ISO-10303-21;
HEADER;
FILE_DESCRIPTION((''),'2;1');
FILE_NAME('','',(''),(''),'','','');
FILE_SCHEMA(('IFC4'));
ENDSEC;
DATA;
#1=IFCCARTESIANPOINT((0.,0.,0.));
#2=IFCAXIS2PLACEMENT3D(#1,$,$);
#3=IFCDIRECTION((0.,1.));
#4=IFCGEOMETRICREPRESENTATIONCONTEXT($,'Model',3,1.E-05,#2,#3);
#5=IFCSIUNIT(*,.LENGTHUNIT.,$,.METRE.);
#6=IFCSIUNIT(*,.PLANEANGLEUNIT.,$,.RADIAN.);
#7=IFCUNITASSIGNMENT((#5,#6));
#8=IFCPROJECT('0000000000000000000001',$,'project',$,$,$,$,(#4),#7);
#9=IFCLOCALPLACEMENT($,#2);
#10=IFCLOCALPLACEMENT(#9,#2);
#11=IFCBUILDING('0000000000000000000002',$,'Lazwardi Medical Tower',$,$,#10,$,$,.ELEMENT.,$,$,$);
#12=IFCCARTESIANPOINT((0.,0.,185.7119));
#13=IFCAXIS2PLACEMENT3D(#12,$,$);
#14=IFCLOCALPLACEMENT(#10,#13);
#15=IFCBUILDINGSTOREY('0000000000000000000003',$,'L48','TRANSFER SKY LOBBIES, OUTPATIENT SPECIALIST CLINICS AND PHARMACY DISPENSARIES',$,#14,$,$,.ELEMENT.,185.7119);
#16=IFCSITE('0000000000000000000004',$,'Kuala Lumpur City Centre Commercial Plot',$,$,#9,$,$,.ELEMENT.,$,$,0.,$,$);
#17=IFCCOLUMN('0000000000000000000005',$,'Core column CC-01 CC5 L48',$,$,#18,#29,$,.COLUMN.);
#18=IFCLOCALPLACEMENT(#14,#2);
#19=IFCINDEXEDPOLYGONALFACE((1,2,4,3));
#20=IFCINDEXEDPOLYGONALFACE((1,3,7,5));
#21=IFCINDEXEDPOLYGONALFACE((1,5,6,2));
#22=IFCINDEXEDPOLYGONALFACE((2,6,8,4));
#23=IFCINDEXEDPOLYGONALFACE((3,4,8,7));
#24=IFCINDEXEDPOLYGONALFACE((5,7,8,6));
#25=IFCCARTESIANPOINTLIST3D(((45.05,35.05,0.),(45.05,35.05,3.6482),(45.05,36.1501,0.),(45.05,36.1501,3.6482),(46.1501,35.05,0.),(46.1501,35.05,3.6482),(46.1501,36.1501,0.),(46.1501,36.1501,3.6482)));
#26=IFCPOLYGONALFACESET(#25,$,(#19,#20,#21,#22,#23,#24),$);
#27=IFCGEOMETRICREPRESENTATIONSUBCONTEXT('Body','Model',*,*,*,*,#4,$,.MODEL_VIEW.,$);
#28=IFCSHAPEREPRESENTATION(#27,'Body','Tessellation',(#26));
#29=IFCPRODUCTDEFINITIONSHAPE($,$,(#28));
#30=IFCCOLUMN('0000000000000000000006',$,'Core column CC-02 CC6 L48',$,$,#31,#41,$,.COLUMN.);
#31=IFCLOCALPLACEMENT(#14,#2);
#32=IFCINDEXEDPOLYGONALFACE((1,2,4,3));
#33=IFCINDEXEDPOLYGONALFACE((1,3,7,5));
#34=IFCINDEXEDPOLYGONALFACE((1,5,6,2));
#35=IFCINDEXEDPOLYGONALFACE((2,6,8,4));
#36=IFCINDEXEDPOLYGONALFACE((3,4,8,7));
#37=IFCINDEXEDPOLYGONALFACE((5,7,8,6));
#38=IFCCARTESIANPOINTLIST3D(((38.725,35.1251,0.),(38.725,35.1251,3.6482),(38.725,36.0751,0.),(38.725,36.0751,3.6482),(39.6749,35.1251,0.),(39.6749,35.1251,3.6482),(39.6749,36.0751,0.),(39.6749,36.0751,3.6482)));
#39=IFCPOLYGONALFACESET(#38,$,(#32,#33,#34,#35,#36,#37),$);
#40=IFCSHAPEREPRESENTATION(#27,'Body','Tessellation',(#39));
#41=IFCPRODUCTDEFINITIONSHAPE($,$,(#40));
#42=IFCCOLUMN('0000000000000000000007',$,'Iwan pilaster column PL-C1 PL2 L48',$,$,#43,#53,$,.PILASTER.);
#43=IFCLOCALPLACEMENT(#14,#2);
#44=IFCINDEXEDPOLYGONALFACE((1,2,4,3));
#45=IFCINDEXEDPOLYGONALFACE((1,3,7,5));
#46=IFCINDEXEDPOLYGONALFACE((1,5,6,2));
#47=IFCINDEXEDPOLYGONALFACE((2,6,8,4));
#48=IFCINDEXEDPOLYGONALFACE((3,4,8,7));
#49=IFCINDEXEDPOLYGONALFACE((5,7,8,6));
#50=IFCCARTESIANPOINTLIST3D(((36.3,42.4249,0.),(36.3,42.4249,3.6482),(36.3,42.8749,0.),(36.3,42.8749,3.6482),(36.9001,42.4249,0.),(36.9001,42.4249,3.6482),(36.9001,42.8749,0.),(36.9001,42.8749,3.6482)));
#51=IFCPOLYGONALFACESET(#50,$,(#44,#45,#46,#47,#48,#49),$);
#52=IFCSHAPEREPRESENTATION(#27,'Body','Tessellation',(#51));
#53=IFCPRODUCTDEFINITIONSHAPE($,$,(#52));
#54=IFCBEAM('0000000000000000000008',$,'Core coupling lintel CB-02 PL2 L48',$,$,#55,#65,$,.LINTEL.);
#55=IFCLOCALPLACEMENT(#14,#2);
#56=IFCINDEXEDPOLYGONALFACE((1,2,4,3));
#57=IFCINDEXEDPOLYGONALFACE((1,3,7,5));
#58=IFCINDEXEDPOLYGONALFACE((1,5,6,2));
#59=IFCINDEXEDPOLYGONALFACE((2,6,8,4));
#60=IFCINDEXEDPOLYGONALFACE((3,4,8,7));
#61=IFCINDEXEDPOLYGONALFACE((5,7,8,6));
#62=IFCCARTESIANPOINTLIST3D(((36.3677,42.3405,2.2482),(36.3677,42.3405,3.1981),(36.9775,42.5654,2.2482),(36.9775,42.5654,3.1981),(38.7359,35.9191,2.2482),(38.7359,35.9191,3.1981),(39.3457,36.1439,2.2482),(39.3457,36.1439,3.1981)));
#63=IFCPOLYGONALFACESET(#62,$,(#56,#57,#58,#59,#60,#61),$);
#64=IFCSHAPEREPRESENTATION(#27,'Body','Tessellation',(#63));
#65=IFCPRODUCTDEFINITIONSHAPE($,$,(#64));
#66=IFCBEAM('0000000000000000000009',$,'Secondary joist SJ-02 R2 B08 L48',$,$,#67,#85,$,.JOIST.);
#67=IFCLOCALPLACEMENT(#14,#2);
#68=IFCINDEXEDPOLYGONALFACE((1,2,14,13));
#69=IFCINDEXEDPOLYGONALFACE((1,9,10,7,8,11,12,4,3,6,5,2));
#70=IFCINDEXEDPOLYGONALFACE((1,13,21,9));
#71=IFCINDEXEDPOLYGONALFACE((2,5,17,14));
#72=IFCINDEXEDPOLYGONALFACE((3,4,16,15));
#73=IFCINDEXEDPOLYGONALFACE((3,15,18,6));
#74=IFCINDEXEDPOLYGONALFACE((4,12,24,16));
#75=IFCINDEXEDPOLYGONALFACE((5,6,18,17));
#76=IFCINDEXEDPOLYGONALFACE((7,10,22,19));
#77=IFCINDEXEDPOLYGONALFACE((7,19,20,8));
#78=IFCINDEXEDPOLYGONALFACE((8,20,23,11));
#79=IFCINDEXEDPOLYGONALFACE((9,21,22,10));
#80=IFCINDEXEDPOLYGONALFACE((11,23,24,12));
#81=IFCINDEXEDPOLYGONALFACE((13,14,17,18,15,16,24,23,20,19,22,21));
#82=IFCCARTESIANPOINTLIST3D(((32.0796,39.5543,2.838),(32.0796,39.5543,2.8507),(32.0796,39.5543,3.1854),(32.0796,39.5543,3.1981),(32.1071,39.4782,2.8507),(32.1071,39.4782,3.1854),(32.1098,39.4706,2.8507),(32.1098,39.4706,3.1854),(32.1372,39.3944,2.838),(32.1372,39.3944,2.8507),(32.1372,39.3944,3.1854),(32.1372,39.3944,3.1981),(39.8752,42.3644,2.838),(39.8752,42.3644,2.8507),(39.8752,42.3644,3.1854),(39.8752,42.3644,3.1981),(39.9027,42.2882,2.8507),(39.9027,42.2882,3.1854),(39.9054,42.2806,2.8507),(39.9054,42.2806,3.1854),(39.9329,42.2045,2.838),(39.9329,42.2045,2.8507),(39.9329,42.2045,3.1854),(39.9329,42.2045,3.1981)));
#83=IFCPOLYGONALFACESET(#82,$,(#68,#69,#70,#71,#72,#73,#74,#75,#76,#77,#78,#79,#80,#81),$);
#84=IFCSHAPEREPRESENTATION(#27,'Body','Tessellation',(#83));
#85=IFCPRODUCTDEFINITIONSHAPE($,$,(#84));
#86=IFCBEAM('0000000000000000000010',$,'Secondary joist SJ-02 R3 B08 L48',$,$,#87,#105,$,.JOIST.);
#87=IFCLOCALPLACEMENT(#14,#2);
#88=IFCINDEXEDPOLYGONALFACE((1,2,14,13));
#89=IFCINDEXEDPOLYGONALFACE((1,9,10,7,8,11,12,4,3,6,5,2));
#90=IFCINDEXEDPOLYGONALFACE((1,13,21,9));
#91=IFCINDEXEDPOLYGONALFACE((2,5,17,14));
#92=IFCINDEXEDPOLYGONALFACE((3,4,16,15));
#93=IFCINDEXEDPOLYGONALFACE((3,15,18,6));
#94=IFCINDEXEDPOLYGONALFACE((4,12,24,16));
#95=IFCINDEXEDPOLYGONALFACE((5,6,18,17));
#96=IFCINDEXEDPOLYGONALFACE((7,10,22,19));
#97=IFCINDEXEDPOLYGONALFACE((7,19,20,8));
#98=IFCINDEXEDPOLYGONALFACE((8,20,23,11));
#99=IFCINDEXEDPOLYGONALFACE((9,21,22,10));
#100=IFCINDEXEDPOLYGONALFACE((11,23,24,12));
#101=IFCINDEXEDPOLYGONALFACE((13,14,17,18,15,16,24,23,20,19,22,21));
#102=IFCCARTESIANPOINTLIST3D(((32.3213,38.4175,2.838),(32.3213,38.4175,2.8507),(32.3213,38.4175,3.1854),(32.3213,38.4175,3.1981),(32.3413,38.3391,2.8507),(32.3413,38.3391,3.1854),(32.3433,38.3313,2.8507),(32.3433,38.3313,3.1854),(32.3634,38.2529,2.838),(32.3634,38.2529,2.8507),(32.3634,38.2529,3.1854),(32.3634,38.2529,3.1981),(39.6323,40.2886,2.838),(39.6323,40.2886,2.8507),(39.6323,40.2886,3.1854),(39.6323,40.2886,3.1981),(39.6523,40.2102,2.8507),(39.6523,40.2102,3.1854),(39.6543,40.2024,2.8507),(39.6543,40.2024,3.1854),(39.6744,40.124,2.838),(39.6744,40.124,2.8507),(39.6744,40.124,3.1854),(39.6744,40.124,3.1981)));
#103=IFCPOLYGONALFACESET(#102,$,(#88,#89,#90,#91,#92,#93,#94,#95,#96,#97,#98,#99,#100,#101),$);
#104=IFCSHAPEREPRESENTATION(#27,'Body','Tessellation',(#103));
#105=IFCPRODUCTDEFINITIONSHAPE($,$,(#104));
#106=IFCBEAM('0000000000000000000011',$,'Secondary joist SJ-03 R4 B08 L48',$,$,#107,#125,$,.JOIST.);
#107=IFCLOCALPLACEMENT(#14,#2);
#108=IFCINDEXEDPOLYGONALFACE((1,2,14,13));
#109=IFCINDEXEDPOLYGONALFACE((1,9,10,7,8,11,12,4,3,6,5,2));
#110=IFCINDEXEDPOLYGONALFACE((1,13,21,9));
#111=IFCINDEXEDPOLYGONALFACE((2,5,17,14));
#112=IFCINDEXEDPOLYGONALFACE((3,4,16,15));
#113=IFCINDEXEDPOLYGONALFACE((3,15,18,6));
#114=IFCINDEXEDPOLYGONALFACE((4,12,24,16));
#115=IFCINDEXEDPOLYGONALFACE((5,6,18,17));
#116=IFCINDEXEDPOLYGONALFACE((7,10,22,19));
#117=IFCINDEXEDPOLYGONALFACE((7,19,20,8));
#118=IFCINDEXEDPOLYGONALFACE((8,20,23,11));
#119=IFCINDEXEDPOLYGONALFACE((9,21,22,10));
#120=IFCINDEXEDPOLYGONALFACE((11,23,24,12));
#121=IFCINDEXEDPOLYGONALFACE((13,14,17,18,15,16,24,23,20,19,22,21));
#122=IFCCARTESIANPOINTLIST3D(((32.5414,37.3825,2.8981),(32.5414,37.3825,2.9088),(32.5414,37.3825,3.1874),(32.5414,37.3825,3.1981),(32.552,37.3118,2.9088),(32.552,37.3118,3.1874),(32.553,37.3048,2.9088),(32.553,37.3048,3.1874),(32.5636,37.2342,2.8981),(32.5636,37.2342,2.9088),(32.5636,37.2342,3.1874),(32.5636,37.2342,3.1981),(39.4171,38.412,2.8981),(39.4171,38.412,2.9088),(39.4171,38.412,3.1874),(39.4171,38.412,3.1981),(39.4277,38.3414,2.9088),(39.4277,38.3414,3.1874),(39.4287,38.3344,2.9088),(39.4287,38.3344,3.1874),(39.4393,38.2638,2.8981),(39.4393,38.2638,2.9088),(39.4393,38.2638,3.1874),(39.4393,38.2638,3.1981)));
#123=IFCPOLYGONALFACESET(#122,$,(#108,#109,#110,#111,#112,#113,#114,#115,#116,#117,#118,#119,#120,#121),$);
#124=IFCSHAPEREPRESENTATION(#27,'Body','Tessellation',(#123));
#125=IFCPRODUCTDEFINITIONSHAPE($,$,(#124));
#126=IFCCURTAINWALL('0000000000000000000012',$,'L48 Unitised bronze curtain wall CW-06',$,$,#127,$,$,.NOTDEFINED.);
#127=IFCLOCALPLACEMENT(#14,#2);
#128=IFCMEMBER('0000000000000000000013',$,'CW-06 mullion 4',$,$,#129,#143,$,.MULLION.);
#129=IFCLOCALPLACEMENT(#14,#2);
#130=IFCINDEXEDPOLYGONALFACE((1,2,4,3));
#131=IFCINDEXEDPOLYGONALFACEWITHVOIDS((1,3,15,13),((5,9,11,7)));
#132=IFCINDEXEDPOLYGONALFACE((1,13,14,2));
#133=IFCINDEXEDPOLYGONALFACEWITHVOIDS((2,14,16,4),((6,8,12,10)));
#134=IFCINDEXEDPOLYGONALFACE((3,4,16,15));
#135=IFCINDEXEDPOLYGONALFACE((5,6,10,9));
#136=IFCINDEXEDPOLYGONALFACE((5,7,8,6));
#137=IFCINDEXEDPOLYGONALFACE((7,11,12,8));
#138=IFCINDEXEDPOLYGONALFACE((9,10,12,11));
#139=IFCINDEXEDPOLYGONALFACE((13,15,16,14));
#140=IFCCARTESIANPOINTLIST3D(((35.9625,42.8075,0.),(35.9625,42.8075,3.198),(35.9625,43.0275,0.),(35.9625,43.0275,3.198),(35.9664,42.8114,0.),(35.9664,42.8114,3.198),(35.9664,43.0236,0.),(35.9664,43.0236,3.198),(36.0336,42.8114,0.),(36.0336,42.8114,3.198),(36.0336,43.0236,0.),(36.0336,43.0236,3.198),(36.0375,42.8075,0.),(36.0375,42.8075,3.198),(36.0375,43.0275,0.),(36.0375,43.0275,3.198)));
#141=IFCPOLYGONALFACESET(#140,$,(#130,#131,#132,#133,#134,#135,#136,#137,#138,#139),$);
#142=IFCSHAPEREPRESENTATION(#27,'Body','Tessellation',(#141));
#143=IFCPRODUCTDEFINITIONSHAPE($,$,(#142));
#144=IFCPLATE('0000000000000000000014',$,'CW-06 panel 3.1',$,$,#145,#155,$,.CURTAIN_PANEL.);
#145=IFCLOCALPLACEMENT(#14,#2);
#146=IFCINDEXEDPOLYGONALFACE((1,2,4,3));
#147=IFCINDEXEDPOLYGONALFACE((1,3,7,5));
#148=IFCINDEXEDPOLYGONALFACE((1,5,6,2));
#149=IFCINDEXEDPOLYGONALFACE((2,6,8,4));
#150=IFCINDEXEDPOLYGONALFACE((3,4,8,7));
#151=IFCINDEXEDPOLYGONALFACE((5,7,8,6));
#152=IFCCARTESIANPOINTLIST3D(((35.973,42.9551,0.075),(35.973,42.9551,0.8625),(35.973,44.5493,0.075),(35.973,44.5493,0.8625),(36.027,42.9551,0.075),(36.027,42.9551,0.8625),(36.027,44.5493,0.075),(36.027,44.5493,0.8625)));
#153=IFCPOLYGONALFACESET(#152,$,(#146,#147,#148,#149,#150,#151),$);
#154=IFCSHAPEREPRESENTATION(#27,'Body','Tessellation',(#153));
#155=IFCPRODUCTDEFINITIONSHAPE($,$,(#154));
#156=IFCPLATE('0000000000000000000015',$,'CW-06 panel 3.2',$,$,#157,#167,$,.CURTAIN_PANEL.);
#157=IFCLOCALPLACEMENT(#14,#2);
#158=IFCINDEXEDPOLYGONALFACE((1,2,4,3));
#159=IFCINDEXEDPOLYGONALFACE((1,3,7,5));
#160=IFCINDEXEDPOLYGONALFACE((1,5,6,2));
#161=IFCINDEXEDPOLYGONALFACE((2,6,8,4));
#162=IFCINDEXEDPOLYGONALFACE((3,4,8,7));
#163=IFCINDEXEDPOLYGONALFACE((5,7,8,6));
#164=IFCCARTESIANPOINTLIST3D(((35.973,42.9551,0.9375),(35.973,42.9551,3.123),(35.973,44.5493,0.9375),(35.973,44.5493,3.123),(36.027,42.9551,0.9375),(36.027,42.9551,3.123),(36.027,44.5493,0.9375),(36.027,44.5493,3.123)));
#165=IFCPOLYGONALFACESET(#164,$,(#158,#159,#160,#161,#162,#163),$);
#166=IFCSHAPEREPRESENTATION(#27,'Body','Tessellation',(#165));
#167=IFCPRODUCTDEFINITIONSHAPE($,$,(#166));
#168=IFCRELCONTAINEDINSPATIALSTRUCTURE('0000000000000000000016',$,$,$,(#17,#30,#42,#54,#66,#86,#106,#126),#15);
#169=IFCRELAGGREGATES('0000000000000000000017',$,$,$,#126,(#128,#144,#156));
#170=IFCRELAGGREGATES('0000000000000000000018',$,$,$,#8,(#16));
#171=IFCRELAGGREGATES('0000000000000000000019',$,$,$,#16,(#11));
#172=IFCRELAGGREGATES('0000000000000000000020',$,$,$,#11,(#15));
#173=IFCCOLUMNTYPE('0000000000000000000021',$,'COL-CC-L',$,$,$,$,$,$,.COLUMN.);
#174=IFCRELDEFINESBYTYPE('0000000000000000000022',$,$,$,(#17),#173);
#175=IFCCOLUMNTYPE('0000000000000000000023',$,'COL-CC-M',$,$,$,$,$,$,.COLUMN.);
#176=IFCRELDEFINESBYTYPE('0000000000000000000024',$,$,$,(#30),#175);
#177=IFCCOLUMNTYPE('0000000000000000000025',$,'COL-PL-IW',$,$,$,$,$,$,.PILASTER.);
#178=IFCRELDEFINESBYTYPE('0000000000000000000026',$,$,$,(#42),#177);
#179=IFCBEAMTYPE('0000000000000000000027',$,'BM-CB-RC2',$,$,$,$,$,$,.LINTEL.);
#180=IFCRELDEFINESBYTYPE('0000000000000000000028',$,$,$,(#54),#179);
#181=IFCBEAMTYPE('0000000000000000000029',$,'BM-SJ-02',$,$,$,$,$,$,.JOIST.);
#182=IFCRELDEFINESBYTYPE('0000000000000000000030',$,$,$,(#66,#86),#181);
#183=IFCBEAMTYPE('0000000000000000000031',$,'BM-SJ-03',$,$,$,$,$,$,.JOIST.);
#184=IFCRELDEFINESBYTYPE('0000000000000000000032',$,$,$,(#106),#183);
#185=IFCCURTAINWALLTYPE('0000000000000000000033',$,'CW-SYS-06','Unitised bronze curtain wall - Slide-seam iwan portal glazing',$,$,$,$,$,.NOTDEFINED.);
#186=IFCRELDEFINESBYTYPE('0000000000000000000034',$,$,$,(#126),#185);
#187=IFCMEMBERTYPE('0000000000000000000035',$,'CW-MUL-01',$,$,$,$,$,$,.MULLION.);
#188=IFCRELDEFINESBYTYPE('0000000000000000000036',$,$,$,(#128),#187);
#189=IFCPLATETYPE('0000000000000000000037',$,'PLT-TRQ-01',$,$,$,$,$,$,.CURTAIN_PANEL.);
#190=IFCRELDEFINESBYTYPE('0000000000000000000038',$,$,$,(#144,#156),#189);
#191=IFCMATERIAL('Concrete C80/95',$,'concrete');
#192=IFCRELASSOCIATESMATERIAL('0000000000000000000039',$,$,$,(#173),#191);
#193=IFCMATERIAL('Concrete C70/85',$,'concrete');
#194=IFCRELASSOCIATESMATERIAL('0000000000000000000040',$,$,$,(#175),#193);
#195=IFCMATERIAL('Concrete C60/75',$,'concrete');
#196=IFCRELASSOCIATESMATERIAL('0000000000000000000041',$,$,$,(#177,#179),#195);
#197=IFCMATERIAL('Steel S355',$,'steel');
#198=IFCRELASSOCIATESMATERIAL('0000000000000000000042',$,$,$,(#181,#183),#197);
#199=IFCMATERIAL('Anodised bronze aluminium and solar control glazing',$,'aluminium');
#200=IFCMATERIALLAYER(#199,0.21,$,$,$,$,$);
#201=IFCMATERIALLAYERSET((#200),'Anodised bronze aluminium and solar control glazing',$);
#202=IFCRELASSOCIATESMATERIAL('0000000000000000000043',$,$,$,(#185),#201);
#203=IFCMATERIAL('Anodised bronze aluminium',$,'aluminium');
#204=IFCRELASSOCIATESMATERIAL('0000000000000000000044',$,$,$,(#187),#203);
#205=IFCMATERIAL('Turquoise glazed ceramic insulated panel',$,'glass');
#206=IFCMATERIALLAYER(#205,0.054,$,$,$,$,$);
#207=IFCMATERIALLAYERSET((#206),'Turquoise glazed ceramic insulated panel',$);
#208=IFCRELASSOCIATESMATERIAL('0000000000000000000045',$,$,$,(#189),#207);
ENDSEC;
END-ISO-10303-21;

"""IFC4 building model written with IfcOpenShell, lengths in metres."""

from ifc_helpers import new_model, si_unit, direction, frame, origin, origin_2d, place, context, subcontext, project, spatial, rectangle, hollow_rectangle, i_section, extrude, material, layer, layer_set, material_profile, profile_set, type_object, element, aggregate, save


model = new_model("IFC4")

# Units and contexts
model_context = context("Model", 3, precision=1e-05, world=origin(), true_north=direction((0.0, 1.0)))
body_context = subcontext(model_context, "Body", "Model", "MODEL_VIEW")
ifc_project = project(units=[si_unit("LENGTHUNIT", "METRE"), si_unit("PLANEANGLEUNIT", "RADIAN")], contexts=[model_context])

# Site, building, storey
site_placement = place(None, origin())
site = spatial("IfcSite", under=ifc_project, at=site_placement, Name="Kuala Lumpur City Centre Commercial Plot", CompositionType="ELEMENT", RefElevation=0.0)
building_placement = place(site_placement, origin())
building = spatial("IfcBuilding", under=site, at=building_placement, Name="Lazwardi Medical Tower", CompositionType="ELEMENT")
storey_placement = place(building_placement, frame((0.0, 0.0, 185.7119)))
storey = spatial("IfcBuildingStorey", under=building, at=storey_placement, Name="L48", Description="TRANSFER SKY LOBBIES, OUTPATIENT SPECIALIST CLINICS AND PHARMACY DISPENSARIES", CompositionType="ELEMENT", Elevation=185.7119)

# Columns
ifc_material_1 = material(Name="Concrete C80/95", Category="concrete")
ifc_material_profile_1 = material_profile(ifc_material_1, rectangle(XDim=1.1001, YDim=1.1001, at=origin_2d()), Name="RC 1100x1100")
ifc_profile_set_1 = profile_set([ifc_material_profile_1], Name="Concrete C80/95")
column_type_1 = type_object("IfcColumnType", Name="COL-CC-L", PredefinedType="COLUMN", material=ifc_profile_set_1)
column_1_placement = place(storey_placement, frame((45.6001, 35.6001, 0.0), z_axis=(0.0, 0.0, 1.0), x_axis=(1.0, 0.0, 0.0)))
element("IfcColumn", 1, at=column_1_placement, inside=storey, type_object=column_type_1, Name="Core column CC-01 CC5 L48", PredefinedType="COLUMN", context=body_context, shape_type="SweptSolid", body=[
    extrude(rectangle(XDim=1.1001, YDim=1.1001, at=origin_2d()), origin(), (0.0, 0.0, 1.0), 3.6482),
])
ifc_material_2 = material(Name="Concrete C70/85", Category="concrete")
ifc_material_profile_2 = material_profile(ifc_material_2, rectangle(XDim=0.95, YDim=0.95, at=origin_2d()), Name="RC 950x950")
ifc_profile_set_2 = profile_set([ifc_material_profile_2], Name="Concrete C70/85")
column_type_2 = type_object("IfcColumnType", Name="COL-CC-M", PredefinedType="COLUMN", material=ifc_profile_set_2)
column_2_placement = place(storey_placement, frame((39.2, 35.6001, 0.0), z_axis=(0.0, 0.0, 1.0), x_axis=(1.0, 0.0, 0.0)))
element("IfcColumn", 2, at=column_2_placement, inside=storey, type_object=column_type_2, Name="Core column CC-02 CC6 L48", PredefinedType="COLUMN", context=body_context, shape_type="SweptSolid", body=[
    extrude(rectangle(XDim=0.95, YDim=0.95, at=origin_2d()), origin(), (0.0, 0.0, 1.0), 3.6482),
])
ifc_material_3 = material(Name="Concrete C60/75", Category="concrete")
ifc_material_profile_3 = material_profile(ifc_material_3, rectangle(XDim=0.6001, YDim=0.45, at=origin_2d()), Name="RC 600x450")
ifc_profile_set_3 = profile_set([ifc_material_profile_3], Name="Concrete C60/75")
column_type_3 = type_object("IfcColumnType", Name="COL-PL-IW", PredefinedType="PILASTER", material=ifc_profile_set_3)
column_3_placement = place(storey_placement, frame((36.6001, 42.6499, 0.0), z_axis=(0.0, 0.0, 1.0), x_axis=(1.0, 0.0, 0.0)))
element("IfcColumn", 3, at=column_3_placement, inside=storey, type_object=column_type_3, Name="Iwan pilaster column PL-C1 PL2 L48", PredefinedType="PILASTER", context=body_context, shape_type="SweptSolid", body=[
    extrude(rectangle(XDim=0.6001, YDim=0.45, at=origin_2d()), origin(), (0.0, 0.0, 1.0), 3.6482),
])

# Beams
ifc_material_profile_4 = material_profile(ifc_material_3, rectangle(XDim=0.6499, YDim=0.95, at=origin_2d()), Name="RC 650x950")
ifc_profile_set_4 = profile_set([ifc_material_profile_4], Name="Concrete C60/75")
beam_type_1 = type_object("IfcBeamType", Name="BM-CB-RC2", PredefinedType="LINTEL", material=ifc_profile_set_4)
beam_1_placement = place(storey_placement, frame((39.0408, 36.0315, 2.7231), z_axis=(-0.346013, 0.93823, 0.0), x_axis=(-0.93823, -0.346013, 0.0)))
element("IfcBeam", 4, at=beam_1_placement, inside=storey, type_object=beam_type_1, Name="Core coupling lintel CB-02 PL2 L48", PredefinedType="LINTEL", context=body_context, shape_type="SweptSolid", body=[
    extrude(rectangle(XDim=0.6499, YDim=0.95, at=origin_2d()), origin(), (0.0, 0.0, 1.0), 6.8442),
])
ifc_material_4 = material(Name="Steel S355", Category="steel")
ifc_material_profile_5 = material_profile(ifc_material_4, i_section(OverallWidth=0.1699, OverallDepth=0.3601, WebThickness=0.0081, FlangeThickness=0.0127, at=origin_2d()), Name="IPE 360")
ifc_profile_set_5 = profile_set([ifc_material_profile_5], Name="Steel S355")
beam_type_2 = type_object("IfcBeamType", Name="BM-SJ-02", PredefinedType="JOIST", material=ifc_profile_set_5)
beam_2_placement = place(storey_placement, frame((39.9041, 42.2844, 3.0181), z_axis=(-0.940748, -0.339106, 0.0), x_axis=(0.339106, -0.940748, 0.0)))
element("IfcBeam", 5, at=beam_2_placement, inside=storey, type_object=beam_type_2, Name="Secondary joist SJ-02 R2 B08 L48", PredefinedType="JOIST", context=body_context, shape_type="SweptSolid", body=[
    extrude(i_section(OverallWidth=0.1699, OverallDepth=0.3601, WebThickness=0.0081, FlangeThickness=0.0127, at=origin_2d()), origin(), (0.0, 0.0, 1.0), 8.2866),
])
beam_3_placement = place(storey_placement, frame((39.6533, 40.2063, 3.0181), z_axis=(-0.968776, -0.247936, 0.0), x_axis=(0.247936, -0.968776, 0.0)))
element("IfcBeam", 6, at=beam_3_placement, inside=storey, type_object=beam_type_2, Name="Secondary joist SJ-02 R3 B08 L48", PredefinedType="JOIST", context=body_context, shape_type="SweptSolid", body=[
    extrude(i_section(OverallWidth=0.1699, OverallDepth=0.3601, WebThickness=0.0081, FlangeThickness=0.0127, at=origin_2d()), origin(), (0.0, 0.0, 1.0), 7.5466),
])
ifc_material_profile_6 = material_profile(ifc_material_4, i_section(OverallWidth=0.1499, OverallDepth=0.3, WebThickness=0.0071, FlangeThickness=0.0107, at=origin_2d()), Name="IPE 300")
ifc_profile_set_6 = profile_set([ifc_material_profile_6], Name="Steel S355")
beam_type_3 = type_object("IfcBeamType", Name="BM-SJ-03", PredefinedType="JOIST", material=ifc_profile_set_6)
beam_4_placement = place(storey_placement, frame((39.4282, 38.3379, 3.0481), z_axis=(-0.988975, -0.148085, 0.0), x_axis=(0.148085, -0.988975, 0.0)))
element("IfcBeam", 7, at=beam_4_placement, inside=storey, type_object=beam_type_3, Name="Secondary joist SJ-03 R4 B08 L48", PredefinedType="JOIST", context=body_context, shape_type="SweptSolid", body=[
    extrude(i_section(OverallWidth=0.1499, OverallDepth=0.3, WebThickness=0.0071, FlangeThickness=0.0107, at=origin_2d()), origin(), (0.0, 0.0, 1.0), 6.9524),
])

# Curtain wall, member, plates
ifc_material_5 = material(Name="Anodised bronze aluminium and solar control glazing", Category="aluminium")
ifc_layer_1 = layer(ifc_material_5, 0.21)
ifc_layer_set_1 = layer_set([ifc_layer_1], Name="Anodised bronze aluminium and solar control glazing")
curtain_wall_type = type_object("IfcCurtainWallType", Name="CW-SYS-06", Description="Unitised bronze curtain wall - Slide-seam iwan portal glazing", PredefinedType="NOTDEFINED", material=ifc_layer_set_1)
curtain_wall_placement = place(storey_placement, origin())
curtain_wall = element("IfcCurtainWall", 8, at=curtain_wall_placement, inside=storey, type_object=curtain_wall_type, Name="L48 Unitised bronze curtain wall CW-06", PredefinedType="NOTDEFINED")
ifc_material_6 = material(Name="Anodised bronze aluminium", Category="aluminium")
ifc_material_profile_7 = material_profile(ifc_material_6, hollow_rectangle(XDim=0.075, YDim=0.22, WallThickness=0.0039, at=origin_2d()), Name="ALU-MULLION 220x75x4")
ifc_profile_set_7 = profile_set([ifc_material_profile_7], Name="Anodised bronze aluminium")
member_type = type_object("IfcMemberType", Name="CW-MUL-01", PredefinedType="MULLION", material=ifc_profile_set_7)
member_placement = place(storey_placement, frame((36.0, 42.9175, 0.0), z_axis=(0.0, 0.0, 1.0), x_axis=(1.0, 0.0, 0.0)))
member = element("IfcMember", 9, at=member_placement, type_object=member_type, Name="CW-06 mullion 4", PredefinedType="MULLION", context=body_context, shape_type="SweptSolid", body=[
    extrude(hollow_rectangle(XDim=0.075, YDim=0.22, WallThickness=0.0039, at=origin_2d()), origin(), (0.0, 0.0, 1.0), 3.198),
])
ifc_material_7 = material(Name="Turquoise glazed ceramic insulated panel", Category="glass")
ifc_layer_2 = layer(ifc_material_7, 0.054)
ifc_layer_set_2 = layer_set([ifc_layer_2], Name="Turquoise glazed ceramic insulated panel")
plate_type = type_object("IfcPlateType", Name="PLT-TRQ-01", PredefinedType="CURTAIN_PANEL", material=ifc_layer_set_2)
plate_1_placement = place(storey_placement, frame((36.0, 43.7522, 0.075), z_axis=(0.0, 0.0, 1.0), x_axis=(0.0, -1.0, 0.0)))
plate_1 = element("IfcPlate", 10, at=plate_1_placement, type_object=plate_type, Name="CW-06 panel 3.1", PredefinedType="CURTAIN_PANEL", context=body_context, shape_type="SweptSolid", body=[
    extrude(rectangle(XDim=1.5942, YDim=0.054, at=origin_2d()), origin(), (0.0, 0.0, 1.0), 0.7876),
])
plate_2_placement = place(storey_placement, frame((36.0, 43.7522, 0.9375), z_axis=(0.0, 0.0, 1.0), x_axis=(0.0, -1.0, 0.0)))
plate_2 = element("IfcPlate", 11, at=plate_2_placement, type_object=plate_type, Name="CW-06 panel 3.2", PredefinedType="CURTAIN_PANEL", context=body_context, shape_type="SweptSolid", body=[
    extrude(rectangle(XDim=1.5942, YDim=0.054, at=origin_2d()), origin(), (0.0, 0.0, 1.0), 2.1855),
])
aggregate(curtain_wall, [member, plate_1, plate_2])

save(model, "model.ifc")
